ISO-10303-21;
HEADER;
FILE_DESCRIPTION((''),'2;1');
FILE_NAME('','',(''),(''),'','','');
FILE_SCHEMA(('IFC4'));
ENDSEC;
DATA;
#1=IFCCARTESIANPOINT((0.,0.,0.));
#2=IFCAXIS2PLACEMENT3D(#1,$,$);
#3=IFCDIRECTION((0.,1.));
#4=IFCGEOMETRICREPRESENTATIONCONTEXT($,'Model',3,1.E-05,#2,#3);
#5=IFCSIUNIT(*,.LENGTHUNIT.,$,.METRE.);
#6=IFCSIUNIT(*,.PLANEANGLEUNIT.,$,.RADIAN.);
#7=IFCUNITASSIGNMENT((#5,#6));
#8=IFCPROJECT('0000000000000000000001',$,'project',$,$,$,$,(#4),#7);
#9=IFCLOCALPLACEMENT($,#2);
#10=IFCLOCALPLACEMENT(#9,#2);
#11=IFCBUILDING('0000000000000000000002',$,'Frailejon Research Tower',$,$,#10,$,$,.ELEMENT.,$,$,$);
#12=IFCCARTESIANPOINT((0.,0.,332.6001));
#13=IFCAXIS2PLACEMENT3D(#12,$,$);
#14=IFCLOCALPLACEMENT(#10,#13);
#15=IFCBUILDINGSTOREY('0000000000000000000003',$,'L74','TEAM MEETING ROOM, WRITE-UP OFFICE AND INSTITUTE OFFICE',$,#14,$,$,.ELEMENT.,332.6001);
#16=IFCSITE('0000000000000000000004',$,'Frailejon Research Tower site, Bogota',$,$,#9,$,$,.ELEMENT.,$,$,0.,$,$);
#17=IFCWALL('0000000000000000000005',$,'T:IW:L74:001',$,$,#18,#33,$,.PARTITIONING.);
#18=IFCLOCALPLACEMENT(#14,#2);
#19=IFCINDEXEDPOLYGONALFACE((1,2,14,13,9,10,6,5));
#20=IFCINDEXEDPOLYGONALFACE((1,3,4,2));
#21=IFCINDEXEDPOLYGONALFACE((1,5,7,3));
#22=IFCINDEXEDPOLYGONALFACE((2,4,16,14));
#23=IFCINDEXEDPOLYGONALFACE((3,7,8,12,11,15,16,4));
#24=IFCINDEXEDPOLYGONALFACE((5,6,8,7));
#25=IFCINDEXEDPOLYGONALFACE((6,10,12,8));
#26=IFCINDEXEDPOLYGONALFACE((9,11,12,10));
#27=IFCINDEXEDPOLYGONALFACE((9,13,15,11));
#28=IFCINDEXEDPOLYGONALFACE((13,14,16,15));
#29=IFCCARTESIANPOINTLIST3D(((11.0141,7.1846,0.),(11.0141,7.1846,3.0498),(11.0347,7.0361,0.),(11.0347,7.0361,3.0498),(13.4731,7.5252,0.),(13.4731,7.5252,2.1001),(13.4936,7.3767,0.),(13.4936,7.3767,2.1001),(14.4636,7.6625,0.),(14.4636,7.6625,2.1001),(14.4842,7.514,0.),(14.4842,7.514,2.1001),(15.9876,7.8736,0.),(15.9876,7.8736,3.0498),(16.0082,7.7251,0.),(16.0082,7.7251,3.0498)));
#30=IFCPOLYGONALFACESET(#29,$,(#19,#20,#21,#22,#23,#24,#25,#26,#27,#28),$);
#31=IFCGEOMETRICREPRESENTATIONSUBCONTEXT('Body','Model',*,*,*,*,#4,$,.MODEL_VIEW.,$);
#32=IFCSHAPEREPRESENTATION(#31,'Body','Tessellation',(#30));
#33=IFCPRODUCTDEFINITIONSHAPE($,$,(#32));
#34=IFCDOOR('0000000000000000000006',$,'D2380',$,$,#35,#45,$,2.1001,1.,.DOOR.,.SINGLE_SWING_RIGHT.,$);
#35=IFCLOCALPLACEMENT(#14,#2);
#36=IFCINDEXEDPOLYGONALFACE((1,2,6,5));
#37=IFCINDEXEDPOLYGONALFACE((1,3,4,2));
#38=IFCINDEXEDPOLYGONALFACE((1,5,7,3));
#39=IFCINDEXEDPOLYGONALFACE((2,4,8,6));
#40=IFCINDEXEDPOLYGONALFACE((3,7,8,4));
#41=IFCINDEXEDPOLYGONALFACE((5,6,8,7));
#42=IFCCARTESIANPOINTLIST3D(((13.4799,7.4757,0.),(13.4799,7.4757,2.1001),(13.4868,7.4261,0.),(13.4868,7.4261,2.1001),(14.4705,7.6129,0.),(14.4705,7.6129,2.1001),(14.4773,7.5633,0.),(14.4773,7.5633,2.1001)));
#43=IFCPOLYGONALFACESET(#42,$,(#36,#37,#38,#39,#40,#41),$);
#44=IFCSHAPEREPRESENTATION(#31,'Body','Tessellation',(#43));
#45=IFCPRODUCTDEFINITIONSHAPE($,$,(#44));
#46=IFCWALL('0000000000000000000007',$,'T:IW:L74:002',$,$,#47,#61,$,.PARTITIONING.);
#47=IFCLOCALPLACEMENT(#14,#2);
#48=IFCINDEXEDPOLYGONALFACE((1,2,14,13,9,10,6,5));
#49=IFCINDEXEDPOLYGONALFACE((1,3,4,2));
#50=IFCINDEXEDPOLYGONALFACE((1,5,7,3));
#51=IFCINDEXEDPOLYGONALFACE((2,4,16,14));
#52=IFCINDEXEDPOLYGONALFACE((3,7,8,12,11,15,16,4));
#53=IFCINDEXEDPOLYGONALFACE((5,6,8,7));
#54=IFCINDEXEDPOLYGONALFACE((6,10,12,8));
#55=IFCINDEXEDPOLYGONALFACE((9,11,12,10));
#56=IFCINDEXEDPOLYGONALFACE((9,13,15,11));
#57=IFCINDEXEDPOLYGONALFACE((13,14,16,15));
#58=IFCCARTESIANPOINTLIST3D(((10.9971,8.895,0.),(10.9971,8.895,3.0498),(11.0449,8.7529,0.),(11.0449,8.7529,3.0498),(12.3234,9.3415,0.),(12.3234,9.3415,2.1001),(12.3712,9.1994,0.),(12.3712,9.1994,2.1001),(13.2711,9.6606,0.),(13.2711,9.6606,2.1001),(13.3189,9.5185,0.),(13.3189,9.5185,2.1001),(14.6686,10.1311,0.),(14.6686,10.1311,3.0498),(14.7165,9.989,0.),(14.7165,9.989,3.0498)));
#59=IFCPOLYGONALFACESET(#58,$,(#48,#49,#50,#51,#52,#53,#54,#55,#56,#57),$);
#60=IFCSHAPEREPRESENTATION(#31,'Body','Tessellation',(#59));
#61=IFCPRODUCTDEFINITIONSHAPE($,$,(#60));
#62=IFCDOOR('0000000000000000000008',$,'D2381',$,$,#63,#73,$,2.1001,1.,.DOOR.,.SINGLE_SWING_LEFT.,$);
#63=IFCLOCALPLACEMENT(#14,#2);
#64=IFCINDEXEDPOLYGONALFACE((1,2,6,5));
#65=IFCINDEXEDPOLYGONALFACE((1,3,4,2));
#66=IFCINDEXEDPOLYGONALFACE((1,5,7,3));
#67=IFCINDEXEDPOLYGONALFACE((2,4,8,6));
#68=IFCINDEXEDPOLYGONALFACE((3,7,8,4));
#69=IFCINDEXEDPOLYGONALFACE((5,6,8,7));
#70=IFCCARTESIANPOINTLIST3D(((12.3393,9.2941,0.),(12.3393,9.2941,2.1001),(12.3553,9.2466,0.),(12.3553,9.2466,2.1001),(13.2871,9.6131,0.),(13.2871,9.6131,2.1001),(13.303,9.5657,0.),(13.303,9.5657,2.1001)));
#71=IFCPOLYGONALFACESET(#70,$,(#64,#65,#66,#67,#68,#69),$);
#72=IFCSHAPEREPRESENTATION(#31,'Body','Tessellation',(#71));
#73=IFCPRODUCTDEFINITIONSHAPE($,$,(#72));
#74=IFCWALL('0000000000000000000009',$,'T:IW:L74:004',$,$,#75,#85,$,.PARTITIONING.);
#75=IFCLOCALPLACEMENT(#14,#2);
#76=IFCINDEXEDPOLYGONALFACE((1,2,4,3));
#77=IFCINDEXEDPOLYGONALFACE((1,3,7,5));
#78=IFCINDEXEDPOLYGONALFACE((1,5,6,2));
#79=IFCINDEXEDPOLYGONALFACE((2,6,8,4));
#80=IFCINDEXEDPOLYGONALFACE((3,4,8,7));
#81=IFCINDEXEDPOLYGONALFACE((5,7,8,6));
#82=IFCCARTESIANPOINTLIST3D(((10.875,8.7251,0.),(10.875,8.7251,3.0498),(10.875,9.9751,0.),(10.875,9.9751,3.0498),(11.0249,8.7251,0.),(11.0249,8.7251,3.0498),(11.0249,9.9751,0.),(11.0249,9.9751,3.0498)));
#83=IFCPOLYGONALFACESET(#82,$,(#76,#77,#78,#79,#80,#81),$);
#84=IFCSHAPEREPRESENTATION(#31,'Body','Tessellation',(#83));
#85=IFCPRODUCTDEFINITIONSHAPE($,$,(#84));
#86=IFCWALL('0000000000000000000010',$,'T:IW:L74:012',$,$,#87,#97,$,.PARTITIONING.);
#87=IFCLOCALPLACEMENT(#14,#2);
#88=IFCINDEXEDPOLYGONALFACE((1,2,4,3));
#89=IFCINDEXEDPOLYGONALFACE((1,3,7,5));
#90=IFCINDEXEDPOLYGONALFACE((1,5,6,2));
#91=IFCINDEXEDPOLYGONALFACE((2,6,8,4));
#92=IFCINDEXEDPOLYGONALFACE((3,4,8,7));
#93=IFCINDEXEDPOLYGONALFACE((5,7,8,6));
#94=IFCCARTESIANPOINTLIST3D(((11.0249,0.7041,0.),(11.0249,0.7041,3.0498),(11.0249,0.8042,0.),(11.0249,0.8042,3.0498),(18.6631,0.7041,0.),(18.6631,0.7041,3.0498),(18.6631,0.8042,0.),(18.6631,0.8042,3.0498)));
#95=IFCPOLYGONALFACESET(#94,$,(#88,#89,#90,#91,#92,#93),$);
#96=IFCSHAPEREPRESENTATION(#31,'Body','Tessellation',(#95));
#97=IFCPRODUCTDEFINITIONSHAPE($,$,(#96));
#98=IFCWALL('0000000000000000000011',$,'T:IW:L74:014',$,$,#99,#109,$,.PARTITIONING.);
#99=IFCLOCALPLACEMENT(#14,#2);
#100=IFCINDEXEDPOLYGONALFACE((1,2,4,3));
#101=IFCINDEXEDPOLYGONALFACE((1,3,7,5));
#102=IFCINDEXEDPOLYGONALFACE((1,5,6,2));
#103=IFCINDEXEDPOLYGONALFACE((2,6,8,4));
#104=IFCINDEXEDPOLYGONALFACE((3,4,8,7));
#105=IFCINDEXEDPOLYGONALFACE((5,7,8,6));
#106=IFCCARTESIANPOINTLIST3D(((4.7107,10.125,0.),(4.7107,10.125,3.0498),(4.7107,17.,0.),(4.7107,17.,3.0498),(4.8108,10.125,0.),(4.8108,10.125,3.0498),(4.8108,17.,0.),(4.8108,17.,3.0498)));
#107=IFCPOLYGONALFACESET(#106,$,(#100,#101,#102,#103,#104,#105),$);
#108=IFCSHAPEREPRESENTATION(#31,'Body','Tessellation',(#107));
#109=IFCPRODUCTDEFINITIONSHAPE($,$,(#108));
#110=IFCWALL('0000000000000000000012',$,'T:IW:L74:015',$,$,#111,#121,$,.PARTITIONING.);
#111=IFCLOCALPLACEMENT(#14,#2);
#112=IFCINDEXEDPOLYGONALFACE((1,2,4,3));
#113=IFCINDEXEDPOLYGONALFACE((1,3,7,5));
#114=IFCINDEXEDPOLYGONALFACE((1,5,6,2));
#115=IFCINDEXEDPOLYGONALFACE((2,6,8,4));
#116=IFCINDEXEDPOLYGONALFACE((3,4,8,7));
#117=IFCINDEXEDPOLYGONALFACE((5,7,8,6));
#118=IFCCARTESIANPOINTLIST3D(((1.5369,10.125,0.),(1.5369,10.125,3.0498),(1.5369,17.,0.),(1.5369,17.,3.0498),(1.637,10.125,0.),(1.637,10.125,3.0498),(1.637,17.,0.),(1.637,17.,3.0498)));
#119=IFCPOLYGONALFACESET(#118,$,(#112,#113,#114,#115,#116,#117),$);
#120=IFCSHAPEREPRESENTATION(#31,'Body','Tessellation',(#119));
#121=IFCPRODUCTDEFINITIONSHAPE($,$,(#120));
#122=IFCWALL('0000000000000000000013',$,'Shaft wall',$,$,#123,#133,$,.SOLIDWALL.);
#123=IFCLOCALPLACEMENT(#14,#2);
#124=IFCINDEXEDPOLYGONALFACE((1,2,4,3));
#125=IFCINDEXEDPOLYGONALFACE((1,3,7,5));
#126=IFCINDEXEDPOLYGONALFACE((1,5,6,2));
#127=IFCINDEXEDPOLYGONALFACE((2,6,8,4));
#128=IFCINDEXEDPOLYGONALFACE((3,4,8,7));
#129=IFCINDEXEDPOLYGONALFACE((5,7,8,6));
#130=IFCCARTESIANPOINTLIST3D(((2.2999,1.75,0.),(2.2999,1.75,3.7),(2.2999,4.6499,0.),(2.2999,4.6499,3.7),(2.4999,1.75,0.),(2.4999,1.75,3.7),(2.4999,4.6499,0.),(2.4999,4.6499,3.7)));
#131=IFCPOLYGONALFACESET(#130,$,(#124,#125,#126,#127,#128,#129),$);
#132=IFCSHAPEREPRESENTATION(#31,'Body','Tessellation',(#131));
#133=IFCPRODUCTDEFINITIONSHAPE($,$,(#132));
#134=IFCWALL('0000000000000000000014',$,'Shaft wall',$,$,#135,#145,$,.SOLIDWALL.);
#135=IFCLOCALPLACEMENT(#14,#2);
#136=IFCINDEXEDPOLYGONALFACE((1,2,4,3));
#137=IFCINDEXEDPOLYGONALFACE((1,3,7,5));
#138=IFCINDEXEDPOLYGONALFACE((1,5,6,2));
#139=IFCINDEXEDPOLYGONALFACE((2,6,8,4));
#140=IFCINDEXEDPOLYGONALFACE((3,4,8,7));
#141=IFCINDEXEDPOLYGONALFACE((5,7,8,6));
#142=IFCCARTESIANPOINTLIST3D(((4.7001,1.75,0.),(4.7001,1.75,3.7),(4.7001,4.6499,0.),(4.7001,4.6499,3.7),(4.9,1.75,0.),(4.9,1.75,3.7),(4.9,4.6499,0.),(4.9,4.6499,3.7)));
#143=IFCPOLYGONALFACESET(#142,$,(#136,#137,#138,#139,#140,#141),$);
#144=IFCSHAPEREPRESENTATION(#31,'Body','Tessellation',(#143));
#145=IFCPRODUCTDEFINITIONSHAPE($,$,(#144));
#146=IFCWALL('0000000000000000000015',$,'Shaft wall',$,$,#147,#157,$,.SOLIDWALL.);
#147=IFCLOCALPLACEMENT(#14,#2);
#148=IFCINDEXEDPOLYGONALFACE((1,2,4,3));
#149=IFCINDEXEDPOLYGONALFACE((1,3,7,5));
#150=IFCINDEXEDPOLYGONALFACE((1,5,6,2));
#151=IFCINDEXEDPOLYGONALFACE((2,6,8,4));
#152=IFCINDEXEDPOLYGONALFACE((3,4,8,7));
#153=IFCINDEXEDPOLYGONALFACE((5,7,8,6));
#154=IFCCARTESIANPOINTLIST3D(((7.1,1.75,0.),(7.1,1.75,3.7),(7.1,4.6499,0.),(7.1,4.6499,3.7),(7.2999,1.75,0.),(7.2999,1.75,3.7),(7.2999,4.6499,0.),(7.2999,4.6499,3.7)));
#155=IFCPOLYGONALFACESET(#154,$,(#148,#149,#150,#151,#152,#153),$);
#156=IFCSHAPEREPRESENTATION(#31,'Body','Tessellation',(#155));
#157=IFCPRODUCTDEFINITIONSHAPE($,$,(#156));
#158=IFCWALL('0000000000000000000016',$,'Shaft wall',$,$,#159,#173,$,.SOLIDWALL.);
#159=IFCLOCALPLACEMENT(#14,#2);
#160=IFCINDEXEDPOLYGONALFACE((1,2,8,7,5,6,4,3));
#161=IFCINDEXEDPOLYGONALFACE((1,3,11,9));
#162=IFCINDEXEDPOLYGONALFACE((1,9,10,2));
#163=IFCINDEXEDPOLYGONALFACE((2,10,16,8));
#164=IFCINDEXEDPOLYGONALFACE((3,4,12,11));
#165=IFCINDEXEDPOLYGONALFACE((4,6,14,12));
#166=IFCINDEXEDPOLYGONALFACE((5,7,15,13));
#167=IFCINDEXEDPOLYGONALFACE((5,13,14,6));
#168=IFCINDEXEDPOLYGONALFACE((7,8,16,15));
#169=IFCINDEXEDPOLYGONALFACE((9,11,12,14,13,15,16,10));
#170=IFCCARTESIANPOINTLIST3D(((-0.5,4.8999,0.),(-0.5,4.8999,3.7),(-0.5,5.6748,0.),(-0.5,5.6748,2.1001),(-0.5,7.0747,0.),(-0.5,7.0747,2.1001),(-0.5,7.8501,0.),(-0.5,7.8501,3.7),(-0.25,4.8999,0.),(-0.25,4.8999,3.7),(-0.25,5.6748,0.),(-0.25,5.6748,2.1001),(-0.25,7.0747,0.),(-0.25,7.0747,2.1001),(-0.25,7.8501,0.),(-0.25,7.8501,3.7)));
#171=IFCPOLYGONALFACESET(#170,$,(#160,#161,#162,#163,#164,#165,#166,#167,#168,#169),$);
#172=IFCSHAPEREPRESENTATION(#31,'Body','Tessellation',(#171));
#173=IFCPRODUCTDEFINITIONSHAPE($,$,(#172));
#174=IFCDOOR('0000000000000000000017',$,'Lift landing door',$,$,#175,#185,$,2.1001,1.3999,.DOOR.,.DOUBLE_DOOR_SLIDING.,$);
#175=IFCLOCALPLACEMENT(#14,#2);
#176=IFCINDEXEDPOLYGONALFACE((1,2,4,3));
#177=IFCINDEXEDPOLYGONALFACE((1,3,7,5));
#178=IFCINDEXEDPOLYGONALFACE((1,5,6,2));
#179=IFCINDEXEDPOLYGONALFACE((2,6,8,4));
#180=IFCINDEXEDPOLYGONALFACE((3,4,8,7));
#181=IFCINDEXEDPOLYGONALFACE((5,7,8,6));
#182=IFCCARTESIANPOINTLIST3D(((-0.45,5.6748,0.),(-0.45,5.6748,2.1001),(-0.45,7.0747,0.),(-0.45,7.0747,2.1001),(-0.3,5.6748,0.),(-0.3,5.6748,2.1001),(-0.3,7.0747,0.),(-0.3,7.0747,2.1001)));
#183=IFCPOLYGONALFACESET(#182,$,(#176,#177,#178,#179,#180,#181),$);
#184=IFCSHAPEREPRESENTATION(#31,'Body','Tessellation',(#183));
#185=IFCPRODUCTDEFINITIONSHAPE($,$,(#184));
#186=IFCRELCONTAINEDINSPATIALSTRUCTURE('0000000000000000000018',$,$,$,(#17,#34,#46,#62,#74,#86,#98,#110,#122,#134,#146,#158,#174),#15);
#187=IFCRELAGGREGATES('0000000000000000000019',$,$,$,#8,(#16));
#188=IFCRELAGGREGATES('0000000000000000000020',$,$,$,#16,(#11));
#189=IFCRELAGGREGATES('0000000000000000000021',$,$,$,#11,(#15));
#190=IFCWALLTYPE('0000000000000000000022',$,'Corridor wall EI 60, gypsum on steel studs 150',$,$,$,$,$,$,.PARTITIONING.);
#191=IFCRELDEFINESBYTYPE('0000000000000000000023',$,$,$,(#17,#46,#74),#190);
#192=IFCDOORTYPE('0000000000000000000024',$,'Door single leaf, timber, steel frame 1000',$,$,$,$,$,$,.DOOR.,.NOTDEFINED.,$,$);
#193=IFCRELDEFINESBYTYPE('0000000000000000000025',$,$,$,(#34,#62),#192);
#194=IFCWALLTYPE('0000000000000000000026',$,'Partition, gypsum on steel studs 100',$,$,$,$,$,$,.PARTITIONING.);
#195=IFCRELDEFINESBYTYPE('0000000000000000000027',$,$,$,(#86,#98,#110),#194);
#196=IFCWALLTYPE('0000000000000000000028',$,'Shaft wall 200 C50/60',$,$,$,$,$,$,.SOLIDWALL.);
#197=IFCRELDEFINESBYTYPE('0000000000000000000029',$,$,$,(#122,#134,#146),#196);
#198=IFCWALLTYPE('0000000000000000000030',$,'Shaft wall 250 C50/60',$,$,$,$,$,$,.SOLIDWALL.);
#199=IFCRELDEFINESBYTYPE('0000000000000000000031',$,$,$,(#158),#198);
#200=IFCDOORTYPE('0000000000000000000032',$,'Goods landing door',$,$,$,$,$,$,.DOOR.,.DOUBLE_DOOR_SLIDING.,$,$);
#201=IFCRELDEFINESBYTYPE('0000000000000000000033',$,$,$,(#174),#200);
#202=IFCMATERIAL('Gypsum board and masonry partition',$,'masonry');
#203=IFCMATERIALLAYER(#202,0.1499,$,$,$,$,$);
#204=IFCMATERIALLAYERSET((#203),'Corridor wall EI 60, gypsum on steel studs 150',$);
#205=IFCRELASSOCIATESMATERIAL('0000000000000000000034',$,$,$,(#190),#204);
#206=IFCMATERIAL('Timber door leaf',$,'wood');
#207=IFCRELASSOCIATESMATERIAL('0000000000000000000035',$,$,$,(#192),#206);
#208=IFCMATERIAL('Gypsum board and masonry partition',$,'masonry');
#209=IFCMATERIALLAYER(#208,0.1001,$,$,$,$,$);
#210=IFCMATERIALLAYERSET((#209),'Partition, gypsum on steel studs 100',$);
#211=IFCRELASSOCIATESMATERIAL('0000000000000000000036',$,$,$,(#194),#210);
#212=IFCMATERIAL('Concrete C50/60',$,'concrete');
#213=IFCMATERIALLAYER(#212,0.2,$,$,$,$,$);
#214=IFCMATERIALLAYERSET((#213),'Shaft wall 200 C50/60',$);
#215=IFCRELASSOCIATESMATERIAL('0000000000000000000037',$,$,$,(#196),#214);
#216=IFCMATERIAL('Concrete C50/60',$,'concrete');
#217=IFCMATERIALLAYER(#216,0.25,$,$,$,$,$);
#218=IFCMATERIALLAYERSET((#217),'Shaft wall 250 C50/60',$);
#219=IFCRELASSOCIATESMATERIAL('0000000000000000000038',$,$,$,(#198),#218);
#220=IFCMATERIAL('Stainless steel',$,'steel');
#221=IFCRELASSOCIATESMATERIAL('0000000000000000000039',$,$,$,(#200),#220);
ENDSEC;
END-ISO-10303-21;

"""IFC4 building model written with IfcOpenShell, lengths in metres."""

from ifc_helpers import new_model, si_unit, direction, frame, frame_2d, origin, place, context, subcontext, project, spatial, rectangle, extrude, material, layer, layer_set, type_object, element, fill, save


model = new_model("IFC4")

# Units and contexts
model_context = context("Model", 3, precision=1e-05, world=origin(), true_north=direction((0.0, 1.0)))
body_context = subcontext(model_context, "Body", "Model", "MODEL_VIEW")
ifc_project = project(units=[si_unit("LENGTHUNIT", "METRE"), si_unit("PLANEANGLEUNIT", "RADIAN")], contexts=[model_context])

# Site, building, storey
site_placement = place(None, origin())
site = spatial("IfcSite", under=ifc_project, at=site_placement, Name="Frailejon Research Tower site, Bogota", CompositionType="ELEMENT", RefElevation=0.0)
building_placement = place(site_placement, origin())
building = spatial("IfcBuilding", under=site, at=building_placement, Name="Frailejon Research Tower", CompositionType="ELEMENT")
storey_placement = place(building_placement, frame((0.0, 0.0, 332.6001)))
storey = spatial("IfcBuildingStorey", under=building, at=storey_placement, Name="L74", Description="TEAM MEETING ROOM, WRITE-UP OFFICE AND INSTITUTE OFFICE", CompositionType="ELEMENT", Elevation=332.6001)

# Walls, openings, doors
ifc_material_1 = material(Name="Gypsum board and masonry partition", Category="masonry")
ifc_layer_1 = layer(ifc_material_1, 0.1499)
ifc_layer_set_1 = layer_set([ifc_layer_1], Name="Corridor wall EI 60, gypsum on steel studs 150")
wall_type_1 = type_object("IfcWallType", Name="Corridor wall EI 60, gypsum on steel studs 150", PredefinedType="PARTITIONING", material=ifc_layer_set_1)
wall_1_placement = place(storey_placement, frame((11.0244, 7.1104, 0.0), z_axis=(0.0, 0.0, 1.0), x_axis=(0.990541, 0.13722, 0.0)))
wall_1 = element("IfcWall", 1, at=wall_1_placement, inside=storey, type_object=wall_type_1, Name="T:IW:L74:001", PredefinedType="PARTITIONING", context=body_context, shape_type="SweptSolid", body=[
    extrude(rectangle(XDim=5.021, YDim=0.1499, at=frame_2d((2.5105, 0.0))), origin(), (0.0, 0.0, 1.0), 3.0498),
])
opening_1_placement = place(wall_1_placement, frame((2.4824, 0.0, 0.0)))
opening_1 = element("IfcOpeningElement", 2, at=opening_1_placement, cuts=wall_1, PredefinedType="OPENING", context=body_context, shape_type="SweptSolid", body=[
    extrude(rectangle(XDim=1.0, YDim=2.1001, at=frame_2d((0.5, 1.05))), frame((0.0, 0.085, 0.0), z_axis=(0.0, -1.0, 0.0), x_axis=(1.0, 0.0, 0.0)), (0.0, 0.0, 1.0), 0.1699),
])
ifc_material_2 = material(Name="Timber door leaf", Category="wood")
door_type_1 = type_object("IfcDoorType", Name="Door single leaf, timber, steel frame 1000", OperationType="NOTDEFINED", PredefinedType="DOOR", material=ifc_material_2)
door_1_placement = place(opening_1_placement, origin())
door_1 = element("IfcDoor", 3, at=door_1_placement, inside=storey, type_object=door_type_1, Name="D2380", OperationType="SINGLE_SWING_RIGHT", OverallHeight=2.1001, OverallWidth=1.0, PredefinedType="DOOR", context=body_context, shape_type="SweptSolid", body=[
    extrude(rectangle(XDim=1.0, YDim=2.1001, at=frame_2d((0.5, 1.05))), frame((0.0, 0.0249, 0.0), z_axis=(0.0, -1.0, 0.0), x_axis=(1.0, 0.0, 0.0)), (0.0, 0.0, 1.0), 0.05),
])
fill(opening_1, door_1)
wall_2_placement = place(storey_placement, frame((11.021, 8.824, 0.0), z_axis=(0.0, 0.0, 1.0), x_axis=(0.947734, 0.319062, 0.0)))
wall_2 = element("IfcWall", 4, at=wall_2_placement, inside=storey, type_object=wall_type_1, Name="T:IW:L74:002", PredefinedType="PARTITIONING", context=body_context, shape_type="SweptSolid", body=[
    extrude(rectangle(XDim=3.874, YDim=0.1499, at=frame_2d((1.937, 0.0))), origin(), (0.0, 0.0, 1.0), 3.0498),
])
opening_2_placement = place(wall_2_placement, frame((1.3994, 0.0, 0.0)))
opening_2 = element("IfcOpeningElement", 5, at=opening_2_placement, cuts=wall_2, PredefinedType="OPENING", context=body_context, shape_type="SweptSolid", body=[
    extrude(rectangle(XDim=1.0, YDim=2.1001, at=frame_2d((0.5, 1.05))), frame((0.0, 0.085, 0.0), z_axis=(0.0, -1.0, 0.0), x_axis=(1.0, 0.0, 0.0)), (0.0, 0.0, 1.0), 0.1699),
])
door_2_placement = place(opening_2_placement, origin())
door_2 = element("IfcDoor", 6, at=door_2_placement, inside=storey, type_object=door_type_1, Name="D2381", OperationType="SINGLE_SWING_LEFT", OverallHeight=2.1001, OverallWidth=1.0, PredefinedType="DOOR", context=body_context, shape_type="SweptSolid", body=[
    extrude(rectangle(XDim=1.0, YDim=2.1001, at=frame_2d((0.5, 1.05))), frame((0.0, 0.0249, 0.0), z_axis=(0.0, -1.0, 0.0), x_axis=(1.0, 0.0, 0.0)), (0.0, 0.0, 1.0), 0.05),
])
fill(opening_2, door_2)

# Walls
wall_3_placement = place(storey_placement, frame((10.95, 8.7251, 0.0), z_axis=(0.0, 0.0, 1.0), x_axis=(0.0, 1.0, 0.0)))
element("IfcWall", 7, at=wall_3_placement, inside=storey, type_object=wall_type_1, Name="T:IW:L74:004", PredefinedType="PARTITIONING", context=body_context, shape_type="SweptSolid", body=[
    extrude(rectangle(XDim=1.25, YDim=0.1499, at=frame_2d((0.625, 0.0))), origin(), (0.0, 0.0, 1.0), 3.0498),
])
ifc_material_3 = material(Name="Gypsum board and masonry partition", Category="masonry")
ifc_layer_2 = layer(ifc_material_3, 0.1001)
ifc_layer_set_2 = layer_set([ifc_layer_2], Name="Partition, gypsum on steel studs 100")
wall_type_2 = type_object("IfcWallType", Name="Partition, gypsum on steel studs 100", PredefinedType="PARTITIONING", material=ifc_layer_set_2)
wall_4_placement = place(storey_placement, frame((11.0249, 0.7542, 0.0), z_axis=(0.0, 0.0, 1.0), x_axis=(1.0, 0.0, 0.0)))
element("IfcWall", 8, at=wall_4_placement, inside=storey, type_object=wall_type_2, Name="T:IW:L74:012", PredefinedType="PARTITIONING", context=body_context, shape_type="SweptSolid", body=[
    extrude(rectangle(XDim=7.6382, YDim=0.1001, at=frame_2d((3.8191, 0.0))), origin(), (0.0, 0.0, 1.0), 3.0498),
])
for number, where, z_axis, x_axis, name in (
    (9, (4.7607, 10.125, 0.0), (0.0, 0.0, 1.0), (0.0, 1.0, 0.0), "T:IW:L74:014"),
    (10, (1.5869, 10.125, 0.0), (0.0, 0.0, 1.0), (0.0, 1.0, 0.0), "T:IW:L74:015"),
):
    element("IfcWall", number, at=place(storey_placement, frame(where, z_axis=z_axis, x_axis=x_axis)), inside=storey, type_object=wall_type_2, Name=name, PredefinedType="PARTITIONING", context=body_context, shape_type="SweptSolid", body=[
        extrude(rectangle(XDim=6.875, YDim=0.1001, at=frame_2d((3.4375, 0.0))), origin(), (0.0, 0.0, 1.0), 3.0498),
    ])
ifc_material_4 = material(Name="Concrete C50/60", Category="concrete")
ifc_layer_3 = layer(ifc_material_4, 0.2)
ifc_layer_set_3 = layer_set([ifc_layer_3], Name="Shaft wall 200 C50/60")
wall_type_3 = type_object("IfcWallType", Name="Shaft wall 200 C50/60", PredefinedType="SOLIDWALL", material=ifc_layer_set_3)
for number, where, z_axis, x_axis, name in (
    (11, (2.3999, 1.75, 0.0), (0.0, 0.0, 1.0), (0.0, 1.0, 0.0), "Shaft wall"),
    (12, (4.8, 1.75, 0.0), (0.0, 0.0, 1.0), (0.0, 1.0, 0.0), "Shaft wall"),
    (13, (7.2, 1.75, 0.0), (0.0, 0.0, 1.0), (0.0, 1.0, 0.0), "Shaft wall"),
):
    element("IfcWall", number, at=place(storey_placement, frame(where, z_axis=z_axis, x_axis=x_axis)), inside=storey, type_object=wall_type_3, Name=name, PredefinedType="SOLIDWALL", context=body_context, shape_type="SweptSolid", body=[
        extrude(rectangle(XDim=2.8999, YDim=0.2, at=frame_2d((1.45, 0.0))), origin(), (0.0, 0.0, 1.0), 3.7),
    ])

# Wall, opening, door
ifc_material_5 = material(Name="Concrete C50/60", Category="concrete")
ifc_layer_4 = layer(ifc_material_5, 0.25)
ifc_layer_set_4 = layer_set([ifc_layer_4], Name="Shaft wall 250 C50/60")
wall_type_4 = type_object("IfcWallType", Name="Shaft wall 250 C50/60", PredefinedType="SOLIDWALL", material=ifc_layer_set_4)
wall_5_placement = place(storey_placement, frame((-0.375, 4.8999, 0.0), z_axis=(0.0, 0.0, 1.0), x_axis=(0.0, 1.0, 0.0)))
wall_5 = element("IfcWall", 14, at=wall_5_placement, inside=storey, type_object=wall_type_4, Name="Shaft wall", PredefinedType="SOLIDWALL", context=body_context, shape_type="SweptSolid", body=[
    extrude(rectangle(XDim=2.9502, YDim=0.25, at=frame_2d((1.4751, 0.0))), origin(), (0.0, 0.0, 1.0), 3.7),
])
opening_3_placement = place(wall_5_placement, frame((0.7749, 0.0, 0.0)))
opening_3 = element("IfcOpeningElement", 15, at=opening_3_placement, cuts=wall_5, PredefinedType="OPENING", context=body_context, shape_type="SweptSolid", body=[
    extrude(rectangle(XDim=1.3999, YDim=2.1001, at=frame_2d((0.7, 1.05))), frame((0.0, 0.135, 0.0), z_axis=(0.0, -1.0, 0.0), x_axis=(1.0, 0.0, 0.0)), (0.0, 0.0, 1.0), 0.27),
])
ifc_material_6 = material(Name="Stainless steel", Category="steel")
door_type_2 = type_object("IfcDoorType", Name="Goods landing door", OperationType="DOUBLE_DOOR_SLIDING", PredefinedType="DOOR", material=ifc_material_6)
door_3_placement = place(opening_3_placement, origin())
door_3 = element("IfcDoor", 16, at=door_3_placement, inside=storey, type_object=door_type_2, Name="Lift landing door", OperationType="DOUBLE_DOOR_SLIDING", OverallHeight=2.1001, OverallWidth=1.3999, PredefinedType="DOOR", context=body_context, shape_type="SweptSolid", body=[
    extrude(rectangle(XDim=1.3999, YDim=2.1001, at=frame_2d((0.7, 1.05))), frame((0.0, 0.075, 0.0), z_axis=(0.0, -1.0, 0.0), x_axis=(1.0, 0.0, 0.0)), (0.0, 0.0, 1.0), 0.1499),
])
fill(opening_3, door_3)

save(model, "model.ifc")
